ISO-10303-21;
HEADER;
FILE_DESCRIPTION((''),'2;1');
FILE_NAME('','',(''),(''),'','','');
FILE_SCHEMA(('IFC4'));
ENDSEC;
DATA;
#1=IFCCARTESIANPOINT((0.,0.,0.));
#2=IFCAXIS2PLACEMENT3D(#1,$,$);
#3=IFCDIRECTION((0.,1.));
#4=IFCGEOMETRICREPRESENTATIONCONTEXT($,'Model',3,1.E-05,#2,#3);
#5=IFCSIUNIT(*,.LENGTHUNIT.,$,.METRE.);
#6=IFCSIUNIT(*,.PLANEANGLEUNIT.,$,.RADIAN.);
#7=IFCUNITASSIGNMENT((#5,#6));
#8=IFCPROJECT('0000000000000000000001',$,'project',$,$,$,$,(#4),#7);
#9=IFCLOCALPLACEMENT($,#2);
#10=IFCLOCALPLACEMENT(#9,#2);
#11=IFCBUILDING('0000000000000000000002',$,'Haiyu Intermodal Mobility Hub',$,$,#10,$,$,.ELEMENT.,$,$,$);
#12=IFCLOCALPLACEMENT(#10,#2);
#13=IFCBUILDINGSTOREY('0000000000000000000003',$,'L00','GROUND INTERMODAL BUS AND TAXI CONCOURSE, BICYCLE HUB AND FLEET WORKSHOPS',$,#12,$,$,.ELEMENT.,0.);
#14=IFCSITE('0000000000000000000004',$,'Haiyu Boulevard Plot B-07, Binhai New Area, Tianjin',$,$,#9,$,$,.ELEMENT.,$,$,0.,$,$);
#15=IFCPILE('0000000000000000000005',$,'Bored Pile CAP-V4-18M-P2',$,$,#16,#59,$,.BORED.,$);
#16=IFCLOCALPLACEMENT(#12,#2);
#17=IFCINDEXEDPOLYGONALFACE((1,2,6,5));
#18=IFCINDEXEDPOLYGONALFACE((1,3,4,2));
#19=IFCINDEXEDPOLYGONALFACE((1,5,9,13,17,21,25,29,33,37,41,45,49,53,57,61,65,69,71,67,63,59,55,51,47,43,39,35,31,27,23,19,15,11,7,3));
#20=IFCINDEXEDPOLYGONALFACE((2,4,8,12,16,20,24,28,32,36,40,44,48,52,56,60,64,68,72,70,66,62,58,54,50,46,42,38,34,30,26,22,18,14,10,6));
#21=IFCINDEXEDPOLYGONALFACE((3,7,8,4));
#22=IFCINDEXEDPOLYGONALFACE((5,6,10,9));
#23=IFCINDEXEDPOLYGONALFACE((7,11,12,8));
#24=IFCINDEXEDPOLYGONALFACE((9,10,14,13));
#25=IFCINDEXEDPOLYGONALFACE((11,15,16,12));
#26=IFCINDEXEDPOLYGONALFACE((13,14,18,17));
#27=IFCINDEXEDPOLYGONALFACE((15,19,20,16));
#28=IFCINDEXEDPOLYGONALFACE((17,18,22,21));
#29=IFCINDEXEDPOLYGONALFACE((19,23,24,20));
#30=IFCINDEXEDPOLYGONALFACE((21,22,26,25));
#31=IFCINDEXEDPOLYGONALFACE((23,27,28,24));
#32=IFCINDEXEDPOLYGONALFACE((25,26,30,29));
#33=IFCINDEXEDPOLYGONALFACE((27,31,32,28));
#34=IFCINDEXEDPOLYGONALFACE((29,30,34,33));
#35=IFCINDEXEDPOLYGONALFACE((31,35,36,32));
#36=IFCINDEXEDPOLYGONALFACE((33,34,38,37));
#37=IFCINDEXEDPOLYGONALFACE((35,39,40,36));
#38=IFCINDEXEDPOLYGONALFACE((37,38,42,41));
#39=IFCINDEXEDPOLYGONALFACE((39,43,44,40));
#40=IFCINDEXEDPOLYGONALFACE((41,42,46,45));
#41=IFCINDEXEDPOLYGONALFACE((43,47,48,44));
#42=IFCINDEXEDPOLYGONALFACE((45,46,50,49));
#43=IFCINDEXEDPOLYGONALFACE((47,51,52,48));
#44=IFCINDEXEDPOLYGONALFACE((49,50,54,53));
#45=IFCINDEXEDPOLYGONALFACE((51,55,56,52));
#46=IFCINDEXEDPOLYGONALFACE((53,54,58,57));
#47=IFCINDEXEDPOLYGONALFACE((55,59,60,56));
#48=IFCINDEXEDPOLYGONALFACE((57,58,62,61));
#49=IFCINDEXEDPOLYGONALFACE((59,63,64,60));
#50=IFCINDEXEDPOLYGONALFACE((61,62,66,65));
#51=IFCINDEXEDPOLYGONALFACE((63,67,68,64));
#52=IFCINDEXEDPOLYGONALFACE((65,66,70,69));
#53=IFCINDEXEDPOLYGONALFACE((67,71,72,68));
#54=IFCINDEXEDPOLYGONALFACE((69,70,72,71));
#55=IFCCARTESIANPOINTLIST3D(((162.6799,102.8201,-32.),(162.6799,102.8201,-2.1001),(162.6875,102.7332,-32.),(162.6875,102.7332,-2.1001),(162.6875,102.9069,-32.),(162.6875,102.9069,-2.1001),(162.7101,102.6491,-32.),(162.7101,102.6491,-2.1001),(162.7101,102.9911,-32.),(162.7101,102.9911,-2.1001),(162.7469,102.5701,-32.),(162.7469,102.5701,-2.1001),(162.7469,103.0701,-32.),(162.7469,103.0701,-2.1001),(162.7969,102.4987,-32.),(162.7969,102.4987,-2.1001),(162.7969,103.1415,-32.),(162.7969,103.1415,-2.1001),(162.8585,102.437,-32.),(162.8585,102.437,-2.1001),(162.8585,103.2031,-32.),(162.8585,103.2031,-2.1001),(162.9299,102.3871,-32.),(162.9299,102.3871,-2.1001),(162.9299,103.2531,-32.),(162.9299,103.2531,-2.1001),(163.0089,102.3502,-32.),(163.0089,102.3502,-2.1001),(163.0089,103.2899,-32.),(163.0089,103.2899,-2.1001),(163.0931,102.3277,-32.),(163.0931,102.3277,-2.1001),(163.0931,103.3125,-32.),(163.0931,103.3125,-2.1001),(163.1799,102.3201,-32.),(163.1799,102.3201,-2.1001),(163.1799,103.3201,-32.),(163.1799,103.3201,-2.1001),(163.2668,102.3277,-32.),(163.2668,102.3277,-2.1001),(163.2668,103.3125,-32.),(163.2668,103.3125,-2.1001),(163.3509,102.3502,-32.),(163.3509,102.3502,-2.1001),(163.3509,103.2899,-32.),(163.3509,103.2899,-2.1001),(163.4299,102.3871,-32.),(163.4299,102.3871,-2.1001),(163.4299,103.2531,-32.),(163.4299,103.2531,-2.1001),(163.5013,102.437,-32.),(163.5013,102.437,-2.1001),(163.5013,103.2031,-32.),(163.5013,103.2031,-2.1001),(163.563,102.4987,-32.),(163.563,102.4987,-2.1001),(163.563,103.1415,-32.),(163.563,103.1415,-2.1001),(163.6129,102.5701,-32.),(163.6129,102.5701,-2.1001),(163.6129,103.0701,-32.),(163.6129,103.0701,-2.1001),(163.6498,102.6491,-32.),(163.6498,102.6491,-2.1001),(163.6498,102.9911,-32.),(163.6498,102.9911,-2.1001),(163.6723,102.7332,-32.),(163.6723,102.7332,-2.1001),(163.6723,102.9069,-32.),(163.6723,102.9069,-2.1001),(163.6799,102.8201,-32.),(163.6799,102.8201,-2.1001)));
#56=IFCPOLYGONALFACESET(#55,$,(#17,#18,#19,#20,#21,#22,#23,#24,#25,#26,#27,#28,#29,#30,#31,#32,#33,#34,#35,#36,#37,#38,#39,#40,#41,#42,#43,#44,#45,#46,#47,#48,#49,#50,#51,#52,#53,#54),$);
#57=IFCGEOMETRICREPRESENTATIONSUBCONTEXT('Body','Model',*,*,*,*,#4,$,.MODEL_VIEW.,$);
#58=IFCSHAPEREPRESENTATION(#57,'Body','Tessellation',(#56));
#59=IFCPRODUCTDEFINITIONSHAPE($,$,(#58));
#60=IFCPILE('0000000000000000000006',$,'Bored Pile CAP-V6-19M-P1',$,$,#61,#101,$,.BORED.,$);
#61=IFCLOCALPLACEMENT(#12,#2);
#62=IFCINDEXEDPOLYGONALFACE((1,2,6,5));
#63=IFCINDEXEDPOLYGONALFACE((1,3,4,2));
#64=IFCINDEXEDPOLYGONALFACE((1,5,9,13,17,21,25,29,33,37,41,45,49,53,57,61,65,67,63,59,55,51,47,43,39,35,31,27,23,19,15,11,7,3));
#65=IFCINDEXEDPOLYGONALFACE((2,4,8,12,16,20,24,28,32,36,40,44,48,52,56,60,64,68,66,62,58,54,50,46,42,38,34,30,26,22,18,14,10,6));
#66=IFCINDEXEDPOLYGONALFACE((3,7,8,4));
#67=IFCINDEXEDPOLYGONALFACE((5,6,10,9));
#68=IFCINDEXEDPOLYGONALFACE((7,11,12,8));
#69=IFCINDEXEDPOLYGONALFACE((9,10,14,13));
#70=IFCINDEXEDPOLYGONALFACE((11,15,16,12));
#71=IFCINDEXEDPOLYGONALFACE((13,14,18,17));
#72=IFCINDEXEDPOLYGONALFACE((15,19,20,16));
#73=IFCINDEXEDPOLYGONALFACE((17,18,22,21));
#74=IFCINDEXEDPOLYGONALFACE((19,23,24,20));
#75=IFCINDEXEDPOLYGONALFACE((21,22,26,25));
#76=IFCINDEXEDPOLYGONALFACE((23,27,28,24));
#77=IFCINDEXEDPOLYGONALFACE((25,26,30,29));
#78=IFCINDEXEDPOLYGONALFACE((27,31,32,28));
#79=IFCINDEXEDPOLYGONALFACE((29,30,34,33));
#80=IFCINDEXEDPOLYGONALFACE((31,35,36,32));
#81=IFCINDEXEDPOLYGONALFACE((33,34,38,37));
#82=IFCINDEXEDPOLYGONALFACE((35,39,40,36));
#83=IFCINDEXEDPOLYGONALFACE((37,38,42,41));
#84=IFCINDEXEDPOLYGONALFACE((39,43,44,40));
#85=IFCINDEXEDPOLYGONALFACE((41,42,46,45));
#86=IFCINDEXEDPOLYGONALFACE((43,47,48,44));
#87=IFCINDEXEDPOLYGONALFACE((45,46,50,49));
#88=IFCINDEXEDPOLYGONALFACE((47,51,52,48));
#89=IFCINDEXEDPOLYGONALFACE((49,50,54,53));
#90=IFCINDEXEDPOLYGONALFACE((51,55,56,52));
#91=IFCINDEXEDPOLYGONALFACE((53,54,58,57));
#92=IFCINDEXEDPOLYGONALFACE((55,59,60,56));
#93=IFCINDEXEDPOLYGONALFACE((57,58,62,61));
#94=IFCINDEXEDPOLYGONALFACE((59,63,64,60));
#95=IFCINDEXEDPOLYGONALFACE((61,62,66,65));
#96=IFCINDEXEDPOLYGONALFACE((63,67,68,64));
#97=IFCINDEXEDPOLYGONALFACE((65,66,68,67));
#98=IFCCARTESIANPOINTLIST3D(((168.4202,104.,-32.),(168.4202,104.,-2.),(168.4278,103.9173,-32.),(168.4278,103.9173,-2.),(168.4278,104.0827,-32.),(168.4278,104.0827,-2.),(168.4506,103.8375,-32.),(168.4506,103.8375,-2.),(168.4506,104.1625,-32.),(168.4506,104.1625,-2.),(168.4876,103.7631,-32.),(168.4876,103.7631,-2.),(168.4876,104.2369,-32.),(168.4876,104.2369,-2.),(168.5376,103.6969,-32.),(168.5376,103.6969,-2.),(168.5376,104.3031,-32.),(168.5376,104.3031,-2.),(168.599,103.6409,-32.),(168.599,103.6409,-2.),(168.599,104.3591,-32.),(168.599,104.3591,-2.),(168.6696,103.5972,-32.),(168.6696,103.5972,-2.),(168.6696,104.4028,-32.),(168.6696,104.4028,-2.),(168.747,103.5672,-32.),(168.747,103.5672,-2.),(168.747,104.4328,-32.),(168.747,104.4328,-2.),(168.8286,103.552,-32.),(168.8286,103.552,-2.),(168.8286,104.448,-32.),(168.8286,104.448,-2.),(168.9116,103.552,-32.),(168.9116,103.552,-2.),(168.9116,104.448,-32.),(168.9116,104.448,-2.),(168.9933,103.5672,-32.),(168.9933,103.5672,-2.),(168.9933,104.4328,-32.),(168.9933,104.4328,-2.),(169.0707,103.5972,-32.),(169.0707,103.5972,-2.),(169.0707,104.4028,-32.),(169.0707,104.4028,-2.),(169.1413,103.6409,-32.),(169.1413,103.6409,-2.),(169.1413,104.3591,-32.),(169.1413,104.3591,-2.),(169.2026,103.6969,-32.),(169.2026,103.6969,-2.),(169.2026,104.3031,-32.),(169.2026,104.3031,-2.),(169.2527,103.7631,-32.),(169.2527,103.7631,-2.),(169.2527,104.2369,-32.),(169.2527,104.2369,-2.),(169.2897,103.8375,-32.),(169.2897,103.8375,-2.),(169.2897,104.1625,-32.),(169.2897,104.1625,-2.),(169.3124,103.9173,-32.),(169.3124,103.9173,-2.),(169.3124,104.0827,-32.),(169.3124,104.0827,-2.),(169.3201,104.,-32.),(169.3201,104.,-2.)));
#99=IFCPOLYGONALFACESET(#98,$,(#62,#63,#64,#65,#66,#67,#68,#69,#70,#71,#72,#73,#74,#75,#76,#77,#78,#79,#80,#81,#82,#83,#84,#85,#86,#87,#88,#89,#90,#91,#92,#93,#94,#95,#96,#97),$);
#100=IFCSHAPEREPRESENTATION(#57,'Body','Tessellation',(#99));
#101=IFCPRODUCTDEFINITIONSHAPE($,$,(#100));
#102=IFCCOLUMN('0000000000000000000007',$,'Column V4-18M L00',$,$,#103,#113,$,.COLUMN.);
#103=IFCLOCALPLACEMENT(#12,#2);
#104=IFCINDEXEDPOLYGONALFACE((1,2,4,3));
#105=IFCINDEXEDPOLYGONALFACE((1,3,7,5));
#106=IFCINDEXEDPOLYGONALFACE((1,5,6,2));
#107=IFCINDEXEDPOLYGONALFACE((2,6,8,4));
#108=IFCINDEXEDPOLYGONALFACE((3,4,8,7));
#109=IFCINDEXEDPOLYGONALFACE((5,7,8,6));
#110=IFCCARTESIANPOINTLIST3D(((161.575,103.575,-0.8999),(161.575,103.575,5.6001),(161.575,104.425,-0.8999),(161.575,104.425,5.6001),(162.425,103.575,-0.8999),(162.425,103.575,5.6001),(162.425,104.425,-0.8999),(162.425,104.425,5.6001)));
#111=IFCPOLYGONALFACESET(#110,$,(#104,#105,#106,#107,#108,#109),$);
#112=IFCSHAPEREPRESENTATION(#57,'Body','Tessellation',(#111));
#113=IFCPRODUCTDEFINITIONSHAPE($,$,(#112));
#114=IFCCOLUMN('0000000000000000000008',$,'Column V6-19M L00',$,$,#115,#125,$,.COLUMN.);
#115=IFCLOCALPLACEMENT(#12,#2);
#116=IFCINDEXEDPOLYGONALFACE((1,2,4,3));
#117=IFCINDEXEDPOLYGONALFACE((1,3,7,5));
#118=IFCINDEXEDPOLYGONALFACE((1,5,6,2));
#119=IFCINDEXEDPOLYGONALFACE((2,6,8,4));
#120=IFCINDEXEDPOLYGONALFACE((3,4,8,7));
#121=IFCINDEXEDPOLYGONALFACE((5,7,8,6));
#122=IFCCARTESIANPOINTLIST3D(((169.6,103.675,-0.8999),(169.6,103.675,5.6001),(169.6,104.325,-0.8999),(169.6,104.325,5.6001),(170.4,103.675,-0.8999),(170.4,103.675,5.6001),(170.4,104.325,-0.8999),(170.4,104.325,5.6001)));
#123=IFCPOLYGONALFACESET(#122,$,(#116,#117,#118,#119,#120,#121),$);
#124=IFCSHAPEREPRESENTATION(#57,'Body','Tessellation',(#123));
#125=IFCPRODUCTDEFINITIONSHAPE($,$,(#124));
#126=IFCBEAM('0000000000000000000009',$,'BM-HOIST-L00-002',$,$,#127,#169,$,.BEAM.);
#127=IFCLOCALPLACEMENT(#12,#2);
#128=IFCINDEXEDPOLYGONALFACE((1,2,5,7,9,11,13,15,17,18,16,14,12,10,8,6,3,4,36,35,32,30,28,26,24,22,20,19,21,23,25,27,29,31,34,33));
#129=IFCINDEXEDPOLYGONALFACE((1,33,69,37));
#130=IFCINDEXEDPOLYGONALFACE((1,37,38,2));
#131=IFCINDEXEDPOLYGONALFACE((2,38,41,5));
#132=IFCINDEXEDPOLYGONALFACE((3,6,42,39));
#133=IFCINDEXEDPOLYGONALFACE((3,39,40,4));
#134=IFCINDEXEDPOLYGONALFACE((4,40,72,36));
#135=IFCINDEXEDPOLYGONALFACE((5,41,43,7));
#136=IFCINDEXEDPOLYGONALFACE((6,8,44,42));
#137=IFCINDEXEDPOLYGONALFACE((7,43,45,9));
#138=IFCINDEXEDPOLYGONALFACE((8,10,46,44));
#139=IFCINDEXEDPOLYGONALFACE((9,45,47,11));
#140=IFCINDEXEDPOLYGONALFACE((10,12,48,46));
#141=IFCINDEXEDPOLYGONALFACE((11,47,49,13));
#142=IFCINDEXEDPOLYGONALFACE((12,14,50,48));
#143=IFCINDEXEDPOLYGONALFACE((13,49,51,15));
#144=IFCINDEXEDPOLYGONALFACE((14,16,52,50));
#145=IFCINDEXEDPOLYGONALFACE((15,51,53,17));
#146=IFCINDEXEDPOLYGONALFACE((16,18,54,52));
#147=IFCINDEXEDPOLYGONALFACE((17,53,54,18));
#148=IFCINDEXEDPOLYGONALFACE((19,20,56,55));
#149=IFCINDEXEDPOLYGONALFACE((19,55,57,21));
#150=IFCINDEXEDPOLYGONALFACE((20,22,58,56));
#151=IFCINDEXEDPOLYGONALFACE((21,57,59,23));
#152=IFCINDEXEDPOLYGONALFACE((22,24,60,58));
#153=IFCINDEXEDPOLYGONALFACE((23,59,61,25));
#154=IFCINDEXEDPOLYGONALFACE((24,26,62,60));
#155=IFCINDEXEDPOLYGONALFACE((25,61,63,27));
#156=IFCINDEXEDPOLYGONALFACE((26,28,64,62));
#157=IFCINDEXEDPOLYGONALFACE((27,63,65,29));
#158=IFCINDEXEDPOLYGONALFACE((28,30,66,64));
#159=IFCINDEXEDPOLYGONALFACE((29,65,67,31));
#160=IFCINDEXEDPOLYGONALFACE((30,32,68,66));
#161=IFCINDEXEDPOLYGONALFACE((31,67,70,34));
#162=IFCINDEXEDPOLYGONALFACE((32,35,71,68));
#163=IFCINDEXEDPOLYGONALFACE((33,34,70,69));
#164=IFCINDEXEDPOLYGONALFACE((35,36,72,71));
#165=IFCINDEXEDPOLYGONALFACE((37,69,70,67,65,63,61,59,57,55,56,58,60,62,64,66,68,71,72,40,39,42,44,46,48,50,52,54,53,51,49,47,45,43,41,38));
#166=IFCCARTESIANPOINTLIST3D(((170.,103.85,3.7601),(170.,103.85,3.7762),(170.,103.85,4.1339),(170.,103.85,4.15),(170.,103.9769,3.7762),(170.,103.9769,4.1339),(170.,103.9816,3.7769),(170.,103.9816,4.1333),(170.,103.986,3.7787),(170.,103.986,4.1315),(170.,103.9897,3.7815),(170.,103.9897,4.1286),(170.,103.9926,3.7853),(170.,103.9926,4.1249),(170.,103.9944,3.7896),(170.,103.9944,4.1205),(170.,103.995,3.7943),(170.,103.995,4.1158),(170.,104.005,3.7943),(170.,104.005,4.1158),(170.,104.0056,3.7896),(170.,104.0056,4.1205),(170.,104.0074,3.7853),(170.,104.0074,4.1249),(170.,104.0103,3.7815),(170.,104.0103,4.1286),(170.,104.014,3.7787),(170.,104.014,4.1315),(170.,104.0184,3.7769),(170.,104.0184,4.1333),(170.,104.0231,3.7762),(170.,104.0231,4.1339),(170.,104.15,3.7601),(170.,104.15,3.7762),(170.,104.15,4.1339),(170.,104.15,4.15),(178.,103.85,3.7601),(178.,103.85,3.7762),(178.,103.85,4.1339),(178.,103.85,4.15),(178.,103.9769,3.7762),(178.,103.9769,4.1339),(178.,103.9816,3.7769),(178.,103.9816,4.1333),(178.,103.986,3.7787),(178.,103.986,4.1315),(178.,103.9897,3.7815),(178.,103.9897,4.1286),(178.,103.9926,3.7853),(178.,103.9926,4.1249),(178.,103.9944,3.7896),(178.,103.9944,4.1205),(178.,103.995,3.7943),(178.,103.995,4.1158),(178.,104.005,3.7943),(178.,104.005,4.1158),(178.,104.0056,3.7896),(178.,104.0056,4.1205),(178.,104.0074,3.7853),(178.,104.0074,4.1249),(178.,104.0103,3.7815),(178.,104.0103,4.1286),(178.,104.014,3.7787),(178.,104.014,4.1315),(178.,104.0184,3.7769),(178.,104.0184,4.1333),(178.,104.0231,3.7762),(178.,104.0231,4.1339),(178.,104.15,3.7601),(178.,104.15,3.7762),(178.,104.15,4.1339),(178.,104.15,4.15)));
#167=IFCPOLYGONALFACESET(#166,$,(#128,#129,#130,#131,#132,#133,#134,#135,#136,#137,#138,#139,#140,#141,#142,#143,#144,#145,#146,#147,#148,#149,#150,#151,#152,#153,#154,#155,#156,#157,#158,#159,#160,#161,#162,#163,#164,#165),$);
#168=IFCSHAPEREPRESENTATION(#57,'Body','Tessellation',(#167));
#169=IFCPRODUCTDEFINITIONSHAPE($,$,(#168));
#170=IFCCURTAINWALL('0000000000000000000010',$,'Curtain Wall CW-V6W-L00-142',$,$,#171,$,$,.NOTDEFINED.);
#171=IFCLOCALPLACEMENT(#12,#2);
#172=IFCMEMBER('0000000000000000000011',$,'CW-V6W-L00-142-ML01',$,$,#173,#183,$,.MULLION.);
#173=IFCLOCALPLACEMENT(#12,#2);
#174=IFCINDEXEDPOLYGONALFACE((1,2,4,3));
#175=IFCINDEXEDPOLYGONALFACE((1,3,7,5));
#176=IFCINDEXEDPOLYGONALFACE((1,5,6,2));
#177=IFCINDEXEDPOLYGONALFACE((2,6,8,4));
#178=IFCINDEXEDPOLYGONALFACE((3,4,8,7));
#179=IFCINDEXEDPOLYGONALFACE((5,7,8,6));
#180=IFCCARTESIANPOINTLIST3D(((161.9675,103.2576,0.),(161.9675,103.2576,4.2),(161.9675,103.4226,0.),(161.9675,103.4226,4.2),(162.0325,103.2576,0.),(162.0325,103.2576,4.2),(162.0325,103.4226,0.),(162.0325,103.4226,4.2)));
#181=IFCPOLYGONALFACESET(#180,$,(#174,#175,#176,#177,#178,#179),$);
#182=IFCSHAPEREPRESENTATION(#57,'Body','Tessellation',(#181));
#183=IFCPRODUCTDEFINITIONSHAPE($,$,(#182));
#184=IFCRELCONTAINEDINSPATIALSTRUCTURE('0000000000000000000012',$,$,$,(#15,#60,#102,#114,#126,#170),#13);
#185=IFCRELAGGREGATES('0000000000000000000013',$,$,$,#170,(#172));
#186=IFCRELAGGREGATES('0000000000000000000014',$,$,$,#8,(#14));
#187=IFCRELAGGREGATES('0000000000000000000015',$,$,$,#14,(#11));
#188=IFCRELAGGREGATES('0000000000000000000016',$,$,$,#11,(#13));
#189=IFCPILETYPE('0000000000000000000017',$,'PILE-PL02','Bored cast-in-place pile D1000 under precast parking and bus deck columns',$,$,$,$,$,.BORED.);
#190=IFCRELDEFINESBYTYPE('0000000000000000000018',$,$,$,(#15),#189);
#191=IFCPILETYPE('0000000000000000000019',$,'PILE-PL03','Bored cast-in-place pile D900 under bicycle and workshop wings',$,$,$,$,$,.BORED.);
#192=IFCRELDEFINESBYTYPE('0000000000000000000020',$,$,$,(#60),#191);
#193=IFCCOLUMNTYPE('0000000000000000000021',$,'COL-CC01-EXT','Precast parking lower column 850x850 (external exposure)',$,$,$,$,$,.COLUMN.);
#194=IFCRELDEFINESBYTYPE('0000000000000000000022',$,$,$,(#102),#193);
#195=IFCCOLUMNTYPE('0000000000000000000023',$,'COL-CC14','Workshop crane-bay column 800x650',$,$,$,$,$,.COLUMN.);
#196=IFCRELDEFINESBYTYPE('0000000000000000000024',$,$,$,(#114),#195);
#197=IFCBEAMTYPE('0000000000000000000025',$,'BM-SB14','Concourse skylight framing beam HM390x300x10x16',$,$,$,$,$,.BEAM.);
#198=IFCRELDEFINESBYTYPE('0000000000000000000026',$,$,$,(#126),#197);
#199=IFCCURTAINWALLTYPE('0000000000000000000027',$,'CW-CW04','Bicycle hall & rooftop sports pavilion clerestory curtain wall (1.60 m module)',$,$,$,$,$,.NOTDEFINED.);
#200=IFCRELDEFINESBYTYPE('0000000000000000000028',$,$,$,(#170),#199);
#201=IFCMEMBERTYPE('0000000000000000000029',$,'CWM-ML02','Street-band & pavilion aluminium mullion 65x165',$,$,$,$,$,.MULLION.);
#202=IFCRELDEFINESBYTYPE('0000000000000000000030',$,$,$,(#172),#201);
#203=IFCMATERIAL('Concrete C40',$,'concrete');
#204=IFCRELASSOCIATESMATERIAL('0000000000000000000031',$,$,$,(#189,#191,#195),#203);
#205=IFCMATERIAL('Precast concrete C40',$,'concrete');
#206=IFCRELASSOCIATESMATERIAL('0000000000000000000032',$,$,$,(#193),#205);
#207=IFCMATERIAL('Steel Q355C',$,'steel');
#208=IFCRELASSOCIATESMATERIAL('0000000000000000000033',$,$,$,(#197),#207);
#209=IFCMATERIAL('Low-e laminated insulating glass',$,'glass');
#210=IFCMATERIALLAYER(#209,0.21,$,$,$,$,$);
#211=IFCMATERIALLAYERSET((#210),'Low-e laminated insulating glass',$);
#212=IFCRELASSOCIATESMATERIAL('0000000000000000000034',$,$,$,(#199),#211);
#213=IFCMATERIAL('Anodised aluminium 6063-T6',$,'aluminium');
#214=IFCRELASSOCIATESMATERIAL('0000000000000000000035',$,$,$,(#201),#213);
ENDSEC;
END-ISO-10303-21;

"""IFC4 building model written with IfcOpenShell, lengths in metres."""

from ifc_helpers import new_model, si_unit, direction, frame, origin, origin_2d, place, context, subcontext, project, spatial, rectangle, circle, i_section, extrude, material, layer, layer_set, material_profile, profile_set, type_object, element, aggregate, save


model = new_model("IFC4")

# Units and contexts
model_context = context("Model", 3, precision=1e-05, world=origin(), true_north=direction((0.0, 1.0)))
body_context = subcontext(model_context, "Body", "Model", "MODEL_VIEW")
ifc_project = project(units=[si_unit("LENGTHUNIT", "METRE"), si_unit("PLANEANGLEUNIT", "RADIAN")], contexts=[model_context])

# Site, building, storey
site_placement = place(None, origin())
site = spatial("IfcSite", under=ifc_project, at=site_placement, Name="Haiyu Boulevard Plot B-07, Binhai New Area, Tianjin", CompositionType="ELEMENT", RefElevation=0.0)
building_placement = place(site_placement, origin())
building = spatial("IfcBuilding", under=site, at=building_placement, Name="Haiyu Intermodal Mobility Hub", CompositionType="ELEMENT")
storey_placement = place(building_placement, origin())
storey = spatial("IfcBuildingStorey", under=building, at=storey_placement, Name="L00", Description="GROUND INTERMODAL BUS AND TAXI CONCOURSE, BICYCLE HUB AND FLEET WORKSHOPS", CompositionType="ELEMENT", Elevation=0.0)

# Shared definitions
ifc_material_1 = material(Name="Concrete C40", Category="concrete")

# Piles
ifc_material_profile_1 = material_profile(ifc_material_1, circle(Radius=0.5, at=origin_2d()), Name="PILE-D1000")
ifc_profile_set_1 = profile_set([ifc_material_profile_1], Name="Concrete C40")
pile_type_1 = type_object("IfcPileType", Name="PILE-PL02", Description="Bored cast-in-place pile D1000 under precast parking and bus deck columns", PredefinedType="BORED", material=ifc_profile_set_1)
for number, where, z_axis, x_axis, name in (
    (1, (163.1799, 102.8201, -2.1001), (0.0, 0.0, -1.0), (1.0, 0.0, 0.0), "Bored Pile CAP-V4-18M-P2"),
):
    element("IfcPile", number, at=place(storey_placement, frame(where, z_axis=z_axis, x_axis=x_axis)), inside=storey, type_object=pile_type_1, Name=name, PredefinedType="BORED", context=body_context, shape_type="SweptSolid", body=[
        extrude(circle(Radius=0.5, at=origin_2d()), origin(), (0.0, 0.0, 1.0), 29.8999),
    ])
ifc_material_profile_2 = material_profile(ifc_material_1, circle(Radius=0.45, at=origin_2d()), Name="PILE-D900")
ifc_profile_set_2 = profile_set([ifc_material_profile_2], Name="Concrete C40")
pile_type_2 = type_object("IfcPileType", Name="PILE-PL03", Description="Bored cast-in-place pile D900 under bicycle and workshop wings", PredefinedType="BORED", material=ifc_profile_set_2)
pile_placement = place(storey_placement, frame((168.8701, 104.0, -2.0), z_axis=(0.0, 0.0, -1.0), x_axis=(1.0, 0.0, 0.0)))
element("IfcPile", 2, at=pile_placement, inside=storey, type_object=pile_type_2, Name="Bored Pile CAP-V6-19M-P1", PredefinedType="BORED", context=body_context, shape_type="SweptSolid", body=[
    extrude(circle(Radius=0.45, at=origin_2d()), origin(), (0.0, 0.0, 1.0), 30.0),
])

# Columns
ifc_material_2 = material(Name="Precast concrete C40", Category="concrete")
ifc_material_profile_3 = material_profile(ifc_material_2, rectangle(XDim=0.8501, YDim=0.8501, at=origin_2d()), Name="RC850x850")
ifc_profile_set_3 = profile_set([ifc_material_profile_3], Name="Precast concrete C40")
column_type_1 = type_object("IfcColumnType", Name="COL-CC01-EXT", Description="Precast parking lower column 850x850 (external exposure)", PredefinedType="COLUMN", material=ifc_profile_set_3)
column_1_placement = place(storey_placement, frame((162.0, 104.0, -0.8999), z_axis=(0.0, 0.0, 1.0), x_axis=(1.0, 0.0, 0.0)))
element("IfcColumn", 3, at=column_1_placement, inside=storey, type_object=column_type_1, Name="Column V4-18M L00", PredefinedType="COLUMN", context=body_context, shape_type="SweptSolid", body=[
    extrude(rectangle(XDim=0.8501, YDim=0.8501, at=origin_2d()), origin(), (0.0, 0.0, 1.0), 6.5),
])
ifc_material_profile_4 = material_profile(ifc_material_1, rectangle(XDim=0.8, YDim=0.6499, at=origin_2d()), Name="C800x650")
ifc_profile_set_4 = profile_set([ifc_material_profile_4], Name="Concrete C40")
column_type_2 = type_object("IfcColumnType", Name="COL-CC14", Description="Workshop crane-bay column 800x650", PredefinedType="COLUMN", material=ifc_profile_set_4)
column_2_placement = place(storey_placement, frame((170.0, 104.0, -0.8999), z_axis=(0.0, 0.0, 1.0), x_axis=(1.0, 0.0, 0.0)))
element("IfcColumn", 4, at=column_2_placement, inside=storey, type_object=column_type_2, Name="Column V6-19M L00", PredefinedType="COLUMN", context=body_context, shape_type="SweptSolid", body=[
    extrude(rectangle(XDim=0.8, YDim=0.6499, at=origin_2d()), origin(), (0.0, 0.0, 1.0), 6.5),
])

# Beam
ifc_material_3 = material(Name="Steel Q355C", Category="steel")
ifc_material_profile_5 = material_profile(ifc_material_3, i_section(OverallWidth=0.3, OverallDepth=0.3899, WebThickness=0.01, FlangeThickness=0.0161, FilletRadius=0.0181, at=origin_2d()), Name="HM390x300x10x16")
ifc_profile_set_5 = profile_set([ifc_material_profile_5], Name="Steel Q355C")
beam_type = type_object("IfcBeamType", Name="BM-SB14", Description="Concourse skylight framing beam HM390x300x10x16", PredefinedType="BEAM", material=ifc_profile_set_5)
beam_placement = place(storey_placement, frame((170.0, 104.0, 3.9551), z_axis=(1.0, 0.0, 0.0), x_axis=(0.0, 1.0, 0.0)))
element("IfcBeam", 5, at=beam_placement, inside=storey, type_object=beam_type, Name="BM-HOIST-L00-002", PredefinedType="BEAM", context=body_context, shape_type="SweptSolid", body=[
    extrude(i_section(OverallWidth=0.3, OverallDepth=0.3899, WebThickness=0.01, FlangeThickness=0.0161, FilletRadius=0.0181, at=origin_2d()), origin(), (0.0, 0.0, 1.0), 8.0),
])

# Curtain wall, member
ifc_material_4 = material(Name="Low-e laminated insulating glass", Category="glass")
ifc_layer_1 = layer(ifc_material_4, 0.21)
ifc_layer_set_1 = layer_set([ifc_layer_1], Name="Low-e laminated insulating glass")
curtain_wall_type = type_object("IfcCurtainWallType", Name="CW-CW04", Description="Bicycle hall & rooftop sports pavilion clerestory curtain wall (1.60 m module)", PredefinedType="NOTDEFINED", material=ifc_layer_set_1)
curtain_wall_placement = place(storey_placement, origin())
curtain_wall = element("IfcCurtainWall", 6, at=curtain_wall_placement, inside=storey, type_object=curtain_wall_type, Name="Curtain Wall CW-V6W-L00-142", PredefinedType="NOTDEFINED")
ifc_material_5 = material(Name="Anodised aluminium 6063-T6", Category="aluminium")
ifc_material_profile_6 = material_profile(ifc_material_5, rectangle(XDim=0.0649, YDim=0.165, at=origin_2d()), Name="ALU65x165")
ifc_profile_set_6 = profile_set([ifc_material_profile_6], Name="Anodised aluminium 6063-T6")
member_type_1 = type_object("IfcMemberType", Name="CWM-ML02", Description="Street-band & pavilion aluminium mullion 65x165", PredefinedType="MULLION", material=ifc_profile_set_6)
member_1_placement = place(storey_placement, frame((162.0, 103.3401, 0.0), z_axis=(0.0, 0.0, 1.0), x_axis=(1.0, 0.0, 0.0)))
member_1 = element("IfcMember", 7, at=member_1_placement, type_object=member_type_1, Name="CW-V6W-L00-142-ML01", PredefinedType="MULLION", context=body_context, shape_type="SweptSolid", body=[
    extrude(rectangle(XDim=0.0649, YDim=0.165, at=origin_2d()), origin(), (0.0, 0.0, 1.0), 4.2),
])
aggregate(curtain_wall, [member_1])

save(model, "model.ifc")
